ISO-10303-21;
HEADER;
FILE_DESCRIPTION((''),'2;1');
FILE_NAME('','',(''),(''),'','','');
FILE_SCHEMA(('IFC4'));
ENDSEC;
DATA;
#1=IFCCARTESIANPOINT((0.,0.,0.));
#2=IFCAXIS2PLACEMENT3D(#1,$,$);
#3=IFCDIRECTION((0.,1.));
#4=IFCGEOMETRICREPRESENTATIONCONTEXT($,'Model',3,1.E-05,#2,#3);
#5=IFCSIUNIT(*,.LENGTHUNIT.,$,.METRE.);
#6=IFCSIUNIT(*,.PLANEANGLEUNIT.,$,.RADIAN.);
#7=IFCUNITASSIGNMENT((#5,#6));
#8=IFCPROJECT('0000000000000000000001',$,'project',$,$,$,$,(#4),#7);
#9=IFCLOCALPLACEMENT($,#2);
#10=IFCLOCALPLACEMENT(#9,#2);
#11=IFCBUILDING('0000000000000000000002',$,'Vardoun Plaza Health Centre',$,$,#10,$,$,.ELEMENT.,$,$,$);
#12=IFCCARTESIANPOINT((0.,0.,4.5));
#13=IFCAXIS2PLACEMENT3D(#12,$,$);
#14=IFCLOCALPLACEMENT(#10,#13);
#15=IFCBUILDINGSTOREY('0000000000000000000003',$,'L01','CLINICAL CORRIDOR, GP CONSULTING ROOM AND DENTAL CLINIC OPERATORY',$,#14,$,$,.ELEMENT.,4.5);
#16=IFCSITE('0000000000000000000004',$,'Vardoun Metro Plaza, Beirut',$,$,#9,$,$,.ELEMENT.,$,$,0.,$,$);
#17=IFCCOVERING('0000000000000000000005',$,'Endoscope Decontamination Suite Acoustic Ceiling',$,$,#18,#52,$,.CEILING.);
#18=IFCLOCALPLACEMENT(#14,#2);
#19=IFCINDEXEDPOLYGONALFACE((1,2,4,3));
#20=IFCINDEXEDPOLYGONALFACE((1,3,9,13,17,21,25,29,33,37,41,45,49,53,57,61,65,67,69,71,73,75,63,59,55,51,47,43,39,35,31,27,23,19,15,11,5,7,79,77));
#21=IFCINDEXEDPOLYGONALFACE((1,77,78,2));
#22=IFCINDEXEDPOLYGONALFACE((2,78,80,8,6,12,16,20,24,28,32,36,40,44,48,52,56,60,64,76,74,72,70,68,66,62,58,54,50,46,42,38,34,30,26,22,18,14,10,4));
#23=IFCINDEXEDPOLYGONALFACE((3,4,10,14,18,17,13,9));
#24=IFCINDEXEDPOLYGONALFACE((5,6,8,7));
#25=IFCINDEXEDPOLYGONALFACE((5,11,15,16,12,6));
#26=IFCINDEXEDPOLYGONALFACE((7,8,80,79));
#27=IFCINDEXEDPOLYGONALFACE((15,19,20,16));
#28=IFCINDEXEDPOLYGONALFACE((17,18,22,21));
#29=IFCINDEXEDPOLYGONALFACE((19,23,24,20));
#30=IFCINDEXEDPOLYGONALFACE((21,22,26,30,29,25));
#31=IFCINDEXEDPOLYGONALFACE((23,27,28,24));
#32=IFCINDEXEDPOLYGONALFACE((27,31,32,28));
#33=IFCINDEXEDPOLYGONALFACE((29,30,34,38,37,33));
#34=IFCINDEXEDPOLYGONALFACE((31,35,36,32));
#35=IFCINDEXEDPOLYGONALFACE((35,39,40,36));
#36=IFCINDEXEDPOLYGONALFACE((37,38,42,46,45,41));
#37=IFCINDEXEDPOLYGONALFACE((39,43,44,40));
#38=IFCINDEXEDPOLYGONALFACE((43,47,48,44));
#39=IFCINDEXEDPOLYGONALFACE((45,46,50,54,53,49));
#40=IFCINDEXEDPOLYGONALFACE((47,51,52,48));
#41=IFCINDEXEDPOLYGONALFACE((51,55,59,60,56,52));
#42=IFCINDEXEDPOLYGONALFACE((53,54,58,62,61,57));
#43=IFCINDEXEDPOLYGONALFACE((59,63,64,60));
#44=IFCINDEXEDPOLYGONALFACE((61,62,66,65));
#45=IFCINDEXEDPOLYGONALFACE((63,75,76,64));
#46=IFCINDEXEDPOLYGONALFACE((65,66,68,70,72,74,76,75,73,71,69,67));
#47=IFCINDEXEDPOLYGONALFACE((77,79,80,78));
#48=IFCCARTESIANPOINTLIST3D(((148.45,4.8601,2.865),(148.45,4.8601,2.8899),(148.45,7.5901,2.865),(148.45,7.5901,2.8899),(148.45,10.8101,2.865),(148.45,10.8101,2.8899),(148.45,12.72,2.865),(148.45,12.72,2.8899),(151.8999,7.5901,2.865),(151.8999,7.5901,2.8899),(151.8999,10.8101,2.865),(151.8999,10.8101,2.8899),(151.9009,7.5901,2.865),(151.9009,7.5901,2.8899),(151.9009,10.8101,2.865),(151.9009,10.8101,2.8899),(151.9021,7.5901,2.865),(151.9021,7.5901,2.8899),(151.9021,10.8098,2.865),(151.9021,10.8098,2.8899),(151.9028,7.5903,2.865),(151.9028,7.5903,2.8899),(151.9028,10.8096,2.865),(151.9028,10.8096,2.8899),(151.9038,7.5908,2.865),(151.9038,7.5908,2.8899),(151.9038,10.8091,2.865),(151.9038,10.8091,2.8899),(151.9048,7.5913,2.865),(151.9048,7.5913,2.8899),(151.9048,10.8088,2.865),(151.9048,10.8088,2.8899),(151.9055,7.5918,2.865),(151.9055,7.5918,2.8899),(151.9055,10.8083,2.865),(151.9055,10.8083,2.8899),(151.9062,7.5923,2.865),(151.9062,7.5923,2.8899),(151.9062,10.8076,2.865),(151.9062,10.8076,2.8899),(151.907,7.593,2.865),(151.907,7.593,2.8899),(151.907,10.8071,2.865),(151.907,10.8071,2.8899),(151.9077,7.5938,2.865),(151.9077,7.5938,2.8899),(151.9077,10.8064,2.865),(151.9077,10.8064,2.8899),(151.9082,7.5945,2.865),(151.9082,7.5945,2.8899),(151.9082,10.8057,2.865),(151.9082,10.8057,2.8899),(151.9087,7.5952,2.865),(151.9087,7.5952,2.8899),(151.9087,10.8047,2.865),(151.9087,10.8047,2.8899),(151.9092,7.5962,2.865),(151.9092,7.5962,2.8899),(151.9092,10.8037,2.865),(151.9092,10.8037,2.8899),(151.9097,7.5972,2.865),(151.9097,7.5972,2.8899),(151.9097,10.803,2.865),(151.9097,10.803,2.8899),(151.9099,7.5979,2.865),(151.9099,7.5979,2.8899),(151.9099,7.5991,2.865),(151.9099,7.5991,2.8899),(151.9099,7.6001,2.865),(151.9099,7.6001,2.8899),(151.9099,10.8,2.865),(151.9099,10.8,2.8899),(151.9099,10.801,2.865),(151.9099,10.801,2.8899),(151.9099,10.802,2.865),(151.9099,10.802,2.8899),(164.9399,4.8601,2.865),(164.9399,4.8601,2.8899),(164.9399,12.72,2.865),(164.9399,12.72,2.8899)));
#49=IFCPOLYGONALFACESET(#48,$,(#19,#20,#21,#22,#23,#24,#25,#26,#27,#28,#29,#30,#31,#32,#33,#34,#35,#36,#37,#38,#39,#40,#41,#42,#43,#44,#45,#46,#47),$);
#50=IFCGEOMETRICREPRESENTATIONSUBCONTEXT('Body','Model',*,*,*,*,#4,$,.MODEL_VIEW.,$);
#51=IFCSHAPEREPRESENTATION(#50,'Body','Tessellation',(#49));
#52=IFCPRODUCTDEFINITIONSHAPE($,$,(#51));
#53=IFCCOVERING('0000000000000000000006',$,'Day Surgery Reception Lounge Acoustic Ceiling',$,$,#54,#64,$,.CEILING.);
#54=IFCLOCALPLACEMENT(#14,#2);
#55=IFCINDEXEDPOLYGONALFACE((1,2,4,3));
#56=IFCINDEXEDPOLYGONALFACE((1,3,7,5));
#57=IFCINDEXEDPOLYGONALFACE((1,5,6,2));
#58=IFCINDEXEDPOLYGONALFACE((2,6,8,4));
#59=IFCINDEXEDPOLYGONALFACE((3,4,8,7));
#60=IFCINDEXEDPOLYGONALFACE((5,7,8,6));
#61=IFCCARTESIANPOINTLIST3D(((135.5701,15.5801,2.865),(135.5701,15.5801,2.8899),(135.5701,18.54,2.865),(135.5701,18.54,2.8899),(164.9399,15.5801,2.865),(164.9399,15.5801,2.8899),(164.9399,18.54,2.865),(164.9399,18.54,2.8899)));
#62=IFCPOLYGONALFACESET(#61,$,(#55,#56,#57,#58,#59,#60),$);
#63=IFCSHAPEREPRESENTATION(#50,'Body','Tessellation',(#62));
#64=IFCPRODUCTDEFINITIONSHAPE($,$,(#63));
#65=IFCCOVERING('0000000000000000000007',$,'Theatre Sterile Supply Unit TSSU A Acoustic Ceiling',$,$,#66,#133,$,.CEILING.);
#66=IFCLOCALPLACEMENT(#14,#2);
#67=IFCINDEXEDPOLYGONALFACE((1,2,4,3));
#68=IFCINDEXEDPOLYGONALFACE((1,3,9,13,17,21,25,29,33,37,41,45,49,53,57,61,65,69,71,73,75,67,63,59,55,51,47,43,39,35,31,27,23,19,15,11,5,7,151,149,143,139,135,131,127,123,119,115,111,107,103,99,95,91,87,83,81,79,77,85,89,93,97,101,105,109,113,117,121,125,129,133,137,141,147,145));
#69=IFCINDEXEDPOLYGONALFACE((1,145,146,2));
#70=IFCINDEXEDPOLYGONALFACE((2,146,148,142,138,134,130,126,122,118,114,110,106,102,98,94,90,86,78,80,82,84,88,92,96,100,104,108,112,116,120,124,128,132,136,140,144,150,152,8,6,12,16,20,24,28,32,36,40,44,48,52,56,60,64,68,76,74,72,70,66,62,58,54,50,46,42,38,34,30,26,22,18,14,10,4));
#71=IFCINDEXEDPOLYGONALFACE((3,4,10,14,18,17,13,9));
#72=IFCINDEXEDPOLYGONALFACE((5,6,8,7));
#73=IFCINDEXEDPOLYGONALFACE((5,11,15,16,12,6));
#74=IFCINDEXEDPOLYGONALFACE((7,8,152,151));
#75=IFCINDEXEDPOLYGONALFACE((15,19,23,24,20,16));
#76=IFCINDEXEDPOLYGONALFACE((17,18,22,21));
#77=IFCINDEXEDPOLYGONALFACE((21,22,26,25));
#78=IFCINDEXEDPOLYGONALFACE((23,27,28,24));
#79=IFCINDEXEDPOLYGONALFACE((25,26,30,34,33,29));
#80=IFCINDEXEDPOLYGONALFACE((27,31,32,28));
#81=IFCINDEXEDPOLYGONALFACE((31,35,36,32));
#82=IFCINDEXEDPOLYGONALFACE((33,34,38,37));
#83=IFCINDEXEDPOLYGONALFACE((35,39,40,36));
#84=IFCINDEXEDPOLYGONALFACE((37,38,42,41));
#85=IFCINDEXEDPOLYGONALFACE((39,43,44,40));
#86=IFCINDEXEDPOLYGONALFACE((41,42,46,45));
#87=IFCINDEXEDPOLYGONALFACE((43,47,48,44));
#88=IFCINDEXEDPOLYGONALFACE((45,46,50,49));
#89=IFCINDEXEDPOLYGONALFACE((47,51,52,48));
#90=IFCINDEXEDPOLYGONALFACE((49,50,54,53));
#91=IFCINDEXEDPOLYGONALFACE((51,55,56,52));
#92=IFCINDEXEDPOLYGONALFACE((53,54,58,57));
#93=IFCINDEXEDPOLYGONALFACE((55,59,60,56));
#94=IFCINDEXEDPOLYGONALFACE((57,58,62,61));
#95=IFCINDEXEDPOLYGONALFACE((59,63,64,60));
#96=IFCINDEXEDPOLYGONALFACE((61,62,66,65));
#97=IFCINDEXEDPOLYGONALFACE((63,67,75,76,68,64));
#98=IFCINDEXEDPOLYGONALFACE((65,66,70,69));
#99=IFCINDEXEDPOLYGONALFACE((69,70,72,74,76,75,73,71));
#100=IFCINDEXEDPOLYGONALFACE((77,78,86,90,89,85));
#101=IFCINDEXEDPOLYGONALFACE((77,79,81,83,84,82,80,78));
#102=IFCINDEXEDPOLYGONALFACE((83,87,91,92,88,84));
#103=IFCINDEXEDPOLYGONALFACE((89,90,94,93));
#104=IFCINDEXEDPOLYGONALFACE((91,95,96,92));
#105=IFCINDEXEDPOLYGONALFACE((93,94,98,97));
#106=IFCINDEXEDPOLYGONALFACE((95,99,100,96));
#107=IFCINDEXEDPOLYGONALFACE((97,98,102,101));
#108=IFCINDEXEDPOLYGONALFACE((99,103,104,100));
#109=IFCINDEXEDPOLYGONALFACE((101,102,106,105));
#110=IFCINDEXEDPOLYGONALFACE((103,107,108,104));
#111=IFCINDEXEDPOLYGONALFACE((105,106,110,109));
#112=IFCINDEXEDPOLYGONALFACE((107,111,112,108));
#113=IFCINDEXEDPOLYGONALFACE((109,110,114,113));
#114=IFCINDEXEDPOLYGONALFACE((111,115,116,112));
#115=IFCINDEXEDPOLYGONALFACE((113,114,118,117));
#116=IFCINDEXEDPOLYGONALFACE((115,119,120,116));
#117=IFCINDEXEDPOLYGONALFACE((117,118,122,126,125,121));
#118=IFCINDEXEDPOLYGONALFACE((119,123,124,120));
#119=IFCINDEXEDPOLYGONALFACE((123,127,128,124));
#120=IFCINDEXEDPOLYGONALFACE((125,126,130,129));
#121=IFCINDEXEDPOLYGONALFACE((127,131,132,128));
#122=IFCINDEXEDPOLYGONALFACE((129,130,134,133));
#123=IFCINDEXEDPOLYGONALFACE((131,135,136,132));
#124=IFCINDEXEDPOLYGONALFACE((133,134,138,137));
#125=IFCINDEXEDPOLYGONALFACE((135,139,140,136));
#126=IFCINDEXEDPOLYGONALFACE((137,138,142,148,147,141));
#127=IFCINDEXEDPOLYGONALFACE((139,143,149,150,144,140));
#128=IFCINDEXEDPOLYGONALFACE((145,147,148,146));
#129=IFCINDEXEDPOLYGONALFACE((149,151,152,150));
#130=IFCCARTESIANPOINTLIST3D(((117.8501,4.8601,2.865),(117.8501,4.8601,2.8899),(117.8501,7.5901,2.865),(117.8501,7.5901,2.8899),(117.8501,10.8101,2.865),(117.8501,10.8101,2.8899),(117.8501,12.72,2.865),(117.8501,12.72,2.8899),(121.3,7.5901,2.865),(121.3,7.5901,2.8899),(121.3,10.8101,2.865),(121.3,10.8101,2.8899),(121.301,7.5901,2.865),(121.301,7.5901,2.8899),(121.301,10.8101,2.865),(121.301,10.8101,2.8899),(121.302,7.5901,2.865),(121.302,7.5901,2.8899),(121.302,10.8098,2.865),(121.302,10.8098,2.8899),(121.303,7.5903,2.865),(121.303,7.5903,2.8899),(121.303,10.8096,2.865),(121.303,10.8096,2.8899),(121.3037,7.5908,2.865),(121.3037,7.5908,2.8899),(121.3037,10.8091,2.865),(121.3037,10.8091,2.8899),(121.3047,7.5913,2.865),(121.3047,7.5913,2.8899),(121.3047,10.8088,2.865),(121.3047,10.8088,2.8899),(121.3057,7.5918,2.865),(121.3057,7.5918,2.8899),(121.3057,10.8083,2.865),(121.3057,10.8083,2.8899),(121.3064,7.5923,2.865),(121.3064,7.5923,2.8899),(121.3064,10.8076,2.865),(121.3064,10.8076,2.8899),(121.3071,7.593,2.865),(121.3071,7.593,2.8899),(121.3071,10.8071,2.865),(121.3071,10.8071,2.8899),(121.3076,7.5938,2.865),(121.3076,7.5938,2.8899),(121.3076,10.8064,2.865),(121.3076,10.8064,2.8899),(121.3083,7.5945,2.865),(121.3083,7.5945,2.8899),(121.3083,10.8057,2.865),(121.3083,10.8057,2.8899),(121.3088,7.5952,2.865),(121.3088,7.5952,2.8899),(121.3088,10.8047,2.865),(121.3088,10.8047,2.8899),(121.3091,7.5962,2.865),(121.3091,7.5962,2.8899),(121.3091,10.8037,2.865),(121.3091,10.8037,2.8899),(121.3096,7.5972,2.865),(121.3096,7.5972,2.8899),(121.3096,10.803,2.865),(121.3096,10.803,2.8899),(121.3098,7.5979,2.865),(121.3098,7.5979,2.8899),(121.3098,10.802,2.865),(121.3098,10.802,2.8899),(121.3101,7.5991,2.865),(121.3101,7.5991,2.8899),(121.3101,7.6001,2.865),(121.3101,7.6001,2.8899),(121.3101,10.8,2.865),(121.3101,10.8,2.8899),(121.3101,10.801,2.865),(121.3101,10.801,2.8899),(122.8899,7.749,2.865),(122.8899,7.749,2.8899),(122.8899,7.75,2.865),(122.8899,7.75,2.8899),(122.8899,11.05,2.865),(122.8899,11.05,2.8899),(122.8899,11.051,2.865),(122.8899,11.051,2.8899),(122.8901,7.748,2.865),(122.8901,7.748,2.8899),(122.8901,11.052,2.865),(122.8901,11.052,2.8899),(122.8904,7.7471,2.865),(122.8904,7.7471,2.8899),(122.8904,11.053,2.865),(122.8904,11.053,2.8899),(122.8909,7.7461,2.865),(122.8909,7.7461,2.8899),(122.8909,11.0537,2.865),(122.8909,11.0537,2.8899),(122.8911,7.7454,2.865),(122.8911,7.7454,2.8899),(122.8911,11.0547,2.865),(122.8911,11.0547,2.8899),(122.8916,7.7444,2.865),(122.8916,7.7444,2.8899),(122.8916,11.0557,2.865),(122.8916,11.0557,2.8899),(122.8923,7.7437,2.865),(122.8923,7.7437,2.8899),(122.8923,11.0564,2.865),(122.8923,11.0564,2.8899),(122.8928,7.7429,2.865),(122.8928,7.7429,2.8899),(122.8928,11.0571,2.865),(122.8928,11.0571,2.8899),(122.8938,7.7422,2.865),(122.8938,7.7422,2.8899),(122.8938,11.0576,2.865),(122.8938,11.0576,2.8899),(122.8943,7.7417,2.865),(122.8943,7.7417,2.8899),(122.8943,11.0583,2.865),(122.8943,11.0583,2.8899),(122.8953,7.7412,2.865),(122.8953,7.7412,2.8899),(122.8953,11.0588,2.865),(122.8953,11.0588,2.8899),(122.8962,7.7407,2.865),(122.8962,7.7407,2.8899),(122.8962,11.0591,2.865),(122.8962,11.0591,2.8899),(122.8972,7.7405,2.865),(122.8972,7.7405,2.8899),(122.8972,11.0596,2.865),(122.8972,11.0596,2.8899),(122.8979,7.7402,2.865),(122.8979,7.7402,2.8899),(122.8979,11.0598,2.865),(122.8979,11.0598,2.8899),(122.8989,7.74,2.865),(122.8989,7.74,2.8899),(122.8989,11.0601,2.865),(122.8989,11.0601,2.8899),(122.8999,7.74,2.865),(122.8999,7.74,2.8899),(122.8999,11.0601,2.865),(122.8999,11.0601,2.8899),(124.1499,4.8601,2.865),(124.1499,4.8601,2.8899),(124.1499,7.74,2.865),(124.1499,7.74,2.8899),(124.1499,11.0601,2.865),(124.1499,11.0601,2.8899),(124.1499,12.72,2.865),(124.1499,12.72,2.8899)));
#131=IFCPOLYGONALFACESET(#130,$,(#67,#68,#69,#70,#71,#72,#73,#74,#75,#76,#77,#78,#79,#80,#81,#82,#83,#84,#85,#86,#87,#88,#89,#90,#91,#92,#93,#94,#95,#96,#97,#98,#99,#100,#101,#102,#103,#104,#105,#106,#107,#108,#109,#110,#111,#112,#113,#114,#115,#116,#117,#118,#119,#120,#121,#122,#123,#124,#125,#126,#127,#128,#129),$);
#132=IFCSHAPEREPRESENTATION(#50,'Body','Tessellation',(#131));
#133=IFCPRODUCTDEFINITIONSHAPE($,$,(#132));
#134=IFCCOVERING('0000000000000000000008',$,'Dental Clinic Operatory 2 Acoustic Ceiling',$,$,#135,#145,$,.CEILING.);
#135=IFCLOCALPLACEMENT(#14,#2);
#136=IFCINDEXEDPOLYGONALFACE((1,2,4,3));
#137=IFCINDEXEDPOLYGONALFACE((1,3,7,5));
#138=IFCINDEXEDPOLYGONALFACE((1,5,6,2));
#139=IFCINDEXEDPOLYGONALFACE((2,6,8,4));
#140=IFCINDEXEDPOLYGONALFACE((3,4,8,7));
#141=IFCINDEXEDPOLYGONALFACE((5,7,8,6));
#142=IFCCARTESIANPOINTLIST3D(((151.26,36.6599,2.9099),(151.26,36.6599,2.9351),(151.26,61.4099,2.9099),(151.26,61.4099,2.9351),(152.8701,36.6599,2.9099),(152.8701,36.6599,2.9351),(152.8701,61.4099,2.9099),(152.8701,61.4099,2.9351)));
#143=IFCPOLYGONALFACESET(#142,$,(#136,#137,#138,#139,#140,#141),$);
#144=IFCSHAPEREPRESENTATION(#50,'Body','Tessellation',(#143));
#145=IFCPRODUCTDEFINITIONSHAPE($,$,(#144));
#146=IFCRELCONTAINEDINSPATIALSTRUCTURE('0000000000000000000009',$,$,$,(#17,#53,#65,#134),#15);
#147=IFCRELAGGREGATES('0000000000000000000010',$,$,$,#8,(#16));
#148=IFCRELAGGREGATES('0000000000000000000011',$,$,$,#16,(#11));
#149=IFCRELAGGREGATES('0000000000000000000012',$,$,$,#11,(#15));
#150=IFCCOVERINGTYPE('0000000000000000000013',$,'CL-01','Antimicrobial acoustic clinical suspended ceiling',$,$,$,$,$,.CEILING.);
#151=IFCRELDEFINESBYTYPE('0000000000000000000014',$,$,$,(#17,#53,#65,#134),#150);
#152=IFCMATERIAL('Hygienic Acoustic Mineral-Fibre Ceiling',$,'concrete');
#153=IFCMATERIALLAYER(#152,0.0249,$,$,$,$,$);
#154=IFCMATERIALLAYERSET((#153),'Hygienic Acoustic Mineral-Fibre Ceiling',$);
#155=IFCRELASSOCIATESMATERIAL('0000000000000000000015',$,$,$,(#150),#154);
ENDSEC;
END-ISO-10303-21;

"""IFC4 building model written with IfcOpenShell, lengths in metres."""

from ifc_helpers import new_model, si_unit, direction, frame, origin, place, context, subcontext, project, spatial, polyline, outline, extrude, material, layer, layer_set, type_object, element, save


model = new_model("IFC4")

# Units and contexts
model_context = context("Model", 3, precision=1e-05, world=origin(), true_north=direction((0.0, 1.0)))
body_context = subcontext(model_context, "Body", "Model", "MODEL_VIEW")
ifc_project = project(units=[si_unit("LENGTHUNIT", "METRE"), si_unit("PLANEANGLEUNIT", "RADIAN")], contexts=[model_context])

# Site, building, storey
site_placement = place(None, origin())
site = spatial("IfcSite", under=ifc_project, at=site_placement, Name="Vardoun Metro Plaza, Beirut", CompositionType="ELEMENT", RefElevation=0.0)
building_placement = place(site_placement, origin())
building = spatial("IfcBuilding", under=site, at=building_placement, Name="Vardoun Plaza Health Centre", CompositionType="ELEMENT")
storey_placement = place(building_placement, frame((0.0, 0.0, 4.5)))
storey = spatial("IfcBuildingStorey", under=building, at=storey_placement, Name="L01", Description="CLINICAL CORRIDOR, GP CONSULTING ROOM AND DENTAL CLINIC OPERATORY", CompositionType="ELEMENT", Elevation=4.5)

# Coverings
ifc_material_1 = material(Name="Hygienic Acoustic Mineral-Fibre Ceiling", Category="concrete")
ifc_layer_1 = layer(ifc_material_1, 0.0249)
ifc_layer_set_1 = layer_set([ifc_layer_1], Name="Hygienic Acoustic Mineral-Fibre Ceiling")
covering_type_1 = type_object("IfcCoveringType", Name="CL-01", Description="Antimicrobial acoustic clinical suspended ceiling", PredefinedType="CEILING", material=ifc_layer_set_1)
covering_1_placement = place(storey_placement, frame((0.0, 0.0, 2.865)))
element("IfcCovering", 1, at=covering_1_placement, inside=storey, type_object=covering_type_1, Name="Endoscope Decontamination Suite Acoustic Ceiling", PredefinedType="CEILING", context=body_context, shape_type="SweptSolid", body=[
    extrude(outline(polyline([(164.9399, 4.8601), (148.45, 4.8601), (148.45, 7.5901), (151.8999, 7.5901), (151.9009, 7.5901), (151.9021, 7.5901), (151.9028, 7.5903), (151.9038, 7.5908), (151.9048, 7.5913), (151.9055, 7.5918), (151.9062, 7.5923), (151.907, 7.593), (151.9077, 7.5938), (151.9082, 7.5945), (151.9087, 7.5952), (151.9092, 7.5962), (151.9097, 7.5972), (151.9099, 7.5979), (151.9099, 7.5991), (151.9099, 7.6001), (151.9099, 10.8), (151.9099, 10.801), (151.9099, 10.802), (151.9097, 10.803), (151.9092, 10.8037), (151.9087, 10.8047), (151.9082, 10.8057), (151.9077, 10.8064), (151.907, 10.8071), (151.9062, 10.8076), (151.9055, 10.8083), (151.9048, 10.8088), (151.9038, 10.8091), (151.9028, 10.8096), (151.9021, 10.8098), (151.9009, 10.8101), (151.8999, 10.8101), (148.45, 10.8101), (148.45, 12.72), (164.9399, 12.72), (164.9399, 4.8601)])), origin(), (0.0, 0.0, 1.0), 0.0249),
])
covering_2_placement = place(storey_placement, frame((0.0, 0.0, 2.865)))
element("IfcCovering", 2, at=covering_2_placement, inside=storey, type_object=covering_type_1, Name="Day Surgery Reception Lounge Acoustic Ceiling", PredefinedType="CEILING", context=body_context, shape_type="SweptSolid", body=[
    extrude(outline(polyline([(164.9399, 18.54), (164.9399, 15.5801), (135.5701, 15.5801), (135.5701, 18.54), (164.9399, 18.54)])), origin(), (0.0, 0.0, 1.0), 0.0249),
])
covering_3_placement = place(storey_placement, frame((0.0, 0.0, 2.865)))
element("IfcCovering", 3, at=covering_3_placement, inside=storey, type_object=covering_type_1, Name="Theatre Sterile Supply Unit TSSU A Acoustic Ceiling", PredefinedType="CEILING", context=body_context, shape_type="SweptSolid", body=[
    extrude(outline(polyline([(117.8501, 7.5901), (121.3, 7.5901), (121.301, 7.5901), (121.302, 7.5901), (121.303, 7.5903), (121.3037, 7.5908), (121.3047, 7.5913), (121.3057, 7.5918), (121.3064, 7.5923), (121.3071, 7.593), (121.3076, 7.5938), (121.3083, 7.5945), (121.3088, 7.5952), (121.3091, 7.5962), (121.3096, 7.5972), (121.3098, 7.5979), (121.3101, 7.5991), (121.3101, 7.6001), (121.3101, 10.8), (121.3101, 10.801), (121.3098, 10.802), (121.3096, 10.803), (121.3091, 10.8037), (121.3088, 10.8047), (121.3083, 10.8057), (121.3076, 10.8064), (121.3071, 10.8071), (121.3064, 10.8076), (121.3057, 10.8083), (121.3047, 10.8088), (121.3037, 10.8091), (121.303, 10.8096), (121.302, 10.8098), (121.301, 10.8101), (121.3, 10.8101), (117.8501, 10.8101), (117.8501, 12.72), (124.1499, 12.72), (124.1499, 11.0601), (122.8999, 11.0601), (122.8989, 11.0601), (122.8979, 11.0598), (122.8972, 11.0596), (122.8962, 11.0591), (122.8953, 11.0588), (122.8943, 11.0583), (122.8938, 11.0576), (122.8928, 11.0571), (122.8923, 11.0564), (122.8916, 11.0557), (122.8911, 11.0547), (122.8909, 11.0537), (122.8904, 11.053), (122.8901, 11.052), (122.8899, 11.051), (122.8899, 11.05), (122.8899, 7.75), (122.8899, 7.749), (122.8901, 7.748), (122.8904, 7.7471), (122.8909, 7.7461), (122.8911, 7.7454), (122.8916, 7.7444), (122.8923, 7.7437), (122.8928, 7.7429), (122.8938, 7.7422), (122.8943, 7.7417), (122.8953, 7.7412), (122.8962, 7.7407), (122.8972, 7.7405), (122.8979, 7.7402), (122.8989, 7.74), (122.8999, 7.74), (124.1499, 7.74), (124.1499, 4.8601), (117.8501, 4.8601), (117.8501, 7.5901)])), origin(), (0.0, 0.0, 1.0), 0.0249),
])
covering_4_placement = place(storey_placement, frame((0.0, 0.0, 2.9099)))
element("IfcCovering", 4, at=covering_4_placement, inside=storey, type_object=covering_type_1, Name="Dental Clinic Operatory 2 Acoustic Ceiling", PredefinedType="CEILING", context=body_context, shape_type="SweptSolid", body=[
    extrude(outline(polyline([(152.8701, 36.6599), (151.26, 36.6599), (151.26, 61.4099), (152.8701, 61.4099), (152.8701, 36.6599)])), origin(), (0.0, 0.0, 1.0), 0.0251),
])

save(model, "model.ifc")
